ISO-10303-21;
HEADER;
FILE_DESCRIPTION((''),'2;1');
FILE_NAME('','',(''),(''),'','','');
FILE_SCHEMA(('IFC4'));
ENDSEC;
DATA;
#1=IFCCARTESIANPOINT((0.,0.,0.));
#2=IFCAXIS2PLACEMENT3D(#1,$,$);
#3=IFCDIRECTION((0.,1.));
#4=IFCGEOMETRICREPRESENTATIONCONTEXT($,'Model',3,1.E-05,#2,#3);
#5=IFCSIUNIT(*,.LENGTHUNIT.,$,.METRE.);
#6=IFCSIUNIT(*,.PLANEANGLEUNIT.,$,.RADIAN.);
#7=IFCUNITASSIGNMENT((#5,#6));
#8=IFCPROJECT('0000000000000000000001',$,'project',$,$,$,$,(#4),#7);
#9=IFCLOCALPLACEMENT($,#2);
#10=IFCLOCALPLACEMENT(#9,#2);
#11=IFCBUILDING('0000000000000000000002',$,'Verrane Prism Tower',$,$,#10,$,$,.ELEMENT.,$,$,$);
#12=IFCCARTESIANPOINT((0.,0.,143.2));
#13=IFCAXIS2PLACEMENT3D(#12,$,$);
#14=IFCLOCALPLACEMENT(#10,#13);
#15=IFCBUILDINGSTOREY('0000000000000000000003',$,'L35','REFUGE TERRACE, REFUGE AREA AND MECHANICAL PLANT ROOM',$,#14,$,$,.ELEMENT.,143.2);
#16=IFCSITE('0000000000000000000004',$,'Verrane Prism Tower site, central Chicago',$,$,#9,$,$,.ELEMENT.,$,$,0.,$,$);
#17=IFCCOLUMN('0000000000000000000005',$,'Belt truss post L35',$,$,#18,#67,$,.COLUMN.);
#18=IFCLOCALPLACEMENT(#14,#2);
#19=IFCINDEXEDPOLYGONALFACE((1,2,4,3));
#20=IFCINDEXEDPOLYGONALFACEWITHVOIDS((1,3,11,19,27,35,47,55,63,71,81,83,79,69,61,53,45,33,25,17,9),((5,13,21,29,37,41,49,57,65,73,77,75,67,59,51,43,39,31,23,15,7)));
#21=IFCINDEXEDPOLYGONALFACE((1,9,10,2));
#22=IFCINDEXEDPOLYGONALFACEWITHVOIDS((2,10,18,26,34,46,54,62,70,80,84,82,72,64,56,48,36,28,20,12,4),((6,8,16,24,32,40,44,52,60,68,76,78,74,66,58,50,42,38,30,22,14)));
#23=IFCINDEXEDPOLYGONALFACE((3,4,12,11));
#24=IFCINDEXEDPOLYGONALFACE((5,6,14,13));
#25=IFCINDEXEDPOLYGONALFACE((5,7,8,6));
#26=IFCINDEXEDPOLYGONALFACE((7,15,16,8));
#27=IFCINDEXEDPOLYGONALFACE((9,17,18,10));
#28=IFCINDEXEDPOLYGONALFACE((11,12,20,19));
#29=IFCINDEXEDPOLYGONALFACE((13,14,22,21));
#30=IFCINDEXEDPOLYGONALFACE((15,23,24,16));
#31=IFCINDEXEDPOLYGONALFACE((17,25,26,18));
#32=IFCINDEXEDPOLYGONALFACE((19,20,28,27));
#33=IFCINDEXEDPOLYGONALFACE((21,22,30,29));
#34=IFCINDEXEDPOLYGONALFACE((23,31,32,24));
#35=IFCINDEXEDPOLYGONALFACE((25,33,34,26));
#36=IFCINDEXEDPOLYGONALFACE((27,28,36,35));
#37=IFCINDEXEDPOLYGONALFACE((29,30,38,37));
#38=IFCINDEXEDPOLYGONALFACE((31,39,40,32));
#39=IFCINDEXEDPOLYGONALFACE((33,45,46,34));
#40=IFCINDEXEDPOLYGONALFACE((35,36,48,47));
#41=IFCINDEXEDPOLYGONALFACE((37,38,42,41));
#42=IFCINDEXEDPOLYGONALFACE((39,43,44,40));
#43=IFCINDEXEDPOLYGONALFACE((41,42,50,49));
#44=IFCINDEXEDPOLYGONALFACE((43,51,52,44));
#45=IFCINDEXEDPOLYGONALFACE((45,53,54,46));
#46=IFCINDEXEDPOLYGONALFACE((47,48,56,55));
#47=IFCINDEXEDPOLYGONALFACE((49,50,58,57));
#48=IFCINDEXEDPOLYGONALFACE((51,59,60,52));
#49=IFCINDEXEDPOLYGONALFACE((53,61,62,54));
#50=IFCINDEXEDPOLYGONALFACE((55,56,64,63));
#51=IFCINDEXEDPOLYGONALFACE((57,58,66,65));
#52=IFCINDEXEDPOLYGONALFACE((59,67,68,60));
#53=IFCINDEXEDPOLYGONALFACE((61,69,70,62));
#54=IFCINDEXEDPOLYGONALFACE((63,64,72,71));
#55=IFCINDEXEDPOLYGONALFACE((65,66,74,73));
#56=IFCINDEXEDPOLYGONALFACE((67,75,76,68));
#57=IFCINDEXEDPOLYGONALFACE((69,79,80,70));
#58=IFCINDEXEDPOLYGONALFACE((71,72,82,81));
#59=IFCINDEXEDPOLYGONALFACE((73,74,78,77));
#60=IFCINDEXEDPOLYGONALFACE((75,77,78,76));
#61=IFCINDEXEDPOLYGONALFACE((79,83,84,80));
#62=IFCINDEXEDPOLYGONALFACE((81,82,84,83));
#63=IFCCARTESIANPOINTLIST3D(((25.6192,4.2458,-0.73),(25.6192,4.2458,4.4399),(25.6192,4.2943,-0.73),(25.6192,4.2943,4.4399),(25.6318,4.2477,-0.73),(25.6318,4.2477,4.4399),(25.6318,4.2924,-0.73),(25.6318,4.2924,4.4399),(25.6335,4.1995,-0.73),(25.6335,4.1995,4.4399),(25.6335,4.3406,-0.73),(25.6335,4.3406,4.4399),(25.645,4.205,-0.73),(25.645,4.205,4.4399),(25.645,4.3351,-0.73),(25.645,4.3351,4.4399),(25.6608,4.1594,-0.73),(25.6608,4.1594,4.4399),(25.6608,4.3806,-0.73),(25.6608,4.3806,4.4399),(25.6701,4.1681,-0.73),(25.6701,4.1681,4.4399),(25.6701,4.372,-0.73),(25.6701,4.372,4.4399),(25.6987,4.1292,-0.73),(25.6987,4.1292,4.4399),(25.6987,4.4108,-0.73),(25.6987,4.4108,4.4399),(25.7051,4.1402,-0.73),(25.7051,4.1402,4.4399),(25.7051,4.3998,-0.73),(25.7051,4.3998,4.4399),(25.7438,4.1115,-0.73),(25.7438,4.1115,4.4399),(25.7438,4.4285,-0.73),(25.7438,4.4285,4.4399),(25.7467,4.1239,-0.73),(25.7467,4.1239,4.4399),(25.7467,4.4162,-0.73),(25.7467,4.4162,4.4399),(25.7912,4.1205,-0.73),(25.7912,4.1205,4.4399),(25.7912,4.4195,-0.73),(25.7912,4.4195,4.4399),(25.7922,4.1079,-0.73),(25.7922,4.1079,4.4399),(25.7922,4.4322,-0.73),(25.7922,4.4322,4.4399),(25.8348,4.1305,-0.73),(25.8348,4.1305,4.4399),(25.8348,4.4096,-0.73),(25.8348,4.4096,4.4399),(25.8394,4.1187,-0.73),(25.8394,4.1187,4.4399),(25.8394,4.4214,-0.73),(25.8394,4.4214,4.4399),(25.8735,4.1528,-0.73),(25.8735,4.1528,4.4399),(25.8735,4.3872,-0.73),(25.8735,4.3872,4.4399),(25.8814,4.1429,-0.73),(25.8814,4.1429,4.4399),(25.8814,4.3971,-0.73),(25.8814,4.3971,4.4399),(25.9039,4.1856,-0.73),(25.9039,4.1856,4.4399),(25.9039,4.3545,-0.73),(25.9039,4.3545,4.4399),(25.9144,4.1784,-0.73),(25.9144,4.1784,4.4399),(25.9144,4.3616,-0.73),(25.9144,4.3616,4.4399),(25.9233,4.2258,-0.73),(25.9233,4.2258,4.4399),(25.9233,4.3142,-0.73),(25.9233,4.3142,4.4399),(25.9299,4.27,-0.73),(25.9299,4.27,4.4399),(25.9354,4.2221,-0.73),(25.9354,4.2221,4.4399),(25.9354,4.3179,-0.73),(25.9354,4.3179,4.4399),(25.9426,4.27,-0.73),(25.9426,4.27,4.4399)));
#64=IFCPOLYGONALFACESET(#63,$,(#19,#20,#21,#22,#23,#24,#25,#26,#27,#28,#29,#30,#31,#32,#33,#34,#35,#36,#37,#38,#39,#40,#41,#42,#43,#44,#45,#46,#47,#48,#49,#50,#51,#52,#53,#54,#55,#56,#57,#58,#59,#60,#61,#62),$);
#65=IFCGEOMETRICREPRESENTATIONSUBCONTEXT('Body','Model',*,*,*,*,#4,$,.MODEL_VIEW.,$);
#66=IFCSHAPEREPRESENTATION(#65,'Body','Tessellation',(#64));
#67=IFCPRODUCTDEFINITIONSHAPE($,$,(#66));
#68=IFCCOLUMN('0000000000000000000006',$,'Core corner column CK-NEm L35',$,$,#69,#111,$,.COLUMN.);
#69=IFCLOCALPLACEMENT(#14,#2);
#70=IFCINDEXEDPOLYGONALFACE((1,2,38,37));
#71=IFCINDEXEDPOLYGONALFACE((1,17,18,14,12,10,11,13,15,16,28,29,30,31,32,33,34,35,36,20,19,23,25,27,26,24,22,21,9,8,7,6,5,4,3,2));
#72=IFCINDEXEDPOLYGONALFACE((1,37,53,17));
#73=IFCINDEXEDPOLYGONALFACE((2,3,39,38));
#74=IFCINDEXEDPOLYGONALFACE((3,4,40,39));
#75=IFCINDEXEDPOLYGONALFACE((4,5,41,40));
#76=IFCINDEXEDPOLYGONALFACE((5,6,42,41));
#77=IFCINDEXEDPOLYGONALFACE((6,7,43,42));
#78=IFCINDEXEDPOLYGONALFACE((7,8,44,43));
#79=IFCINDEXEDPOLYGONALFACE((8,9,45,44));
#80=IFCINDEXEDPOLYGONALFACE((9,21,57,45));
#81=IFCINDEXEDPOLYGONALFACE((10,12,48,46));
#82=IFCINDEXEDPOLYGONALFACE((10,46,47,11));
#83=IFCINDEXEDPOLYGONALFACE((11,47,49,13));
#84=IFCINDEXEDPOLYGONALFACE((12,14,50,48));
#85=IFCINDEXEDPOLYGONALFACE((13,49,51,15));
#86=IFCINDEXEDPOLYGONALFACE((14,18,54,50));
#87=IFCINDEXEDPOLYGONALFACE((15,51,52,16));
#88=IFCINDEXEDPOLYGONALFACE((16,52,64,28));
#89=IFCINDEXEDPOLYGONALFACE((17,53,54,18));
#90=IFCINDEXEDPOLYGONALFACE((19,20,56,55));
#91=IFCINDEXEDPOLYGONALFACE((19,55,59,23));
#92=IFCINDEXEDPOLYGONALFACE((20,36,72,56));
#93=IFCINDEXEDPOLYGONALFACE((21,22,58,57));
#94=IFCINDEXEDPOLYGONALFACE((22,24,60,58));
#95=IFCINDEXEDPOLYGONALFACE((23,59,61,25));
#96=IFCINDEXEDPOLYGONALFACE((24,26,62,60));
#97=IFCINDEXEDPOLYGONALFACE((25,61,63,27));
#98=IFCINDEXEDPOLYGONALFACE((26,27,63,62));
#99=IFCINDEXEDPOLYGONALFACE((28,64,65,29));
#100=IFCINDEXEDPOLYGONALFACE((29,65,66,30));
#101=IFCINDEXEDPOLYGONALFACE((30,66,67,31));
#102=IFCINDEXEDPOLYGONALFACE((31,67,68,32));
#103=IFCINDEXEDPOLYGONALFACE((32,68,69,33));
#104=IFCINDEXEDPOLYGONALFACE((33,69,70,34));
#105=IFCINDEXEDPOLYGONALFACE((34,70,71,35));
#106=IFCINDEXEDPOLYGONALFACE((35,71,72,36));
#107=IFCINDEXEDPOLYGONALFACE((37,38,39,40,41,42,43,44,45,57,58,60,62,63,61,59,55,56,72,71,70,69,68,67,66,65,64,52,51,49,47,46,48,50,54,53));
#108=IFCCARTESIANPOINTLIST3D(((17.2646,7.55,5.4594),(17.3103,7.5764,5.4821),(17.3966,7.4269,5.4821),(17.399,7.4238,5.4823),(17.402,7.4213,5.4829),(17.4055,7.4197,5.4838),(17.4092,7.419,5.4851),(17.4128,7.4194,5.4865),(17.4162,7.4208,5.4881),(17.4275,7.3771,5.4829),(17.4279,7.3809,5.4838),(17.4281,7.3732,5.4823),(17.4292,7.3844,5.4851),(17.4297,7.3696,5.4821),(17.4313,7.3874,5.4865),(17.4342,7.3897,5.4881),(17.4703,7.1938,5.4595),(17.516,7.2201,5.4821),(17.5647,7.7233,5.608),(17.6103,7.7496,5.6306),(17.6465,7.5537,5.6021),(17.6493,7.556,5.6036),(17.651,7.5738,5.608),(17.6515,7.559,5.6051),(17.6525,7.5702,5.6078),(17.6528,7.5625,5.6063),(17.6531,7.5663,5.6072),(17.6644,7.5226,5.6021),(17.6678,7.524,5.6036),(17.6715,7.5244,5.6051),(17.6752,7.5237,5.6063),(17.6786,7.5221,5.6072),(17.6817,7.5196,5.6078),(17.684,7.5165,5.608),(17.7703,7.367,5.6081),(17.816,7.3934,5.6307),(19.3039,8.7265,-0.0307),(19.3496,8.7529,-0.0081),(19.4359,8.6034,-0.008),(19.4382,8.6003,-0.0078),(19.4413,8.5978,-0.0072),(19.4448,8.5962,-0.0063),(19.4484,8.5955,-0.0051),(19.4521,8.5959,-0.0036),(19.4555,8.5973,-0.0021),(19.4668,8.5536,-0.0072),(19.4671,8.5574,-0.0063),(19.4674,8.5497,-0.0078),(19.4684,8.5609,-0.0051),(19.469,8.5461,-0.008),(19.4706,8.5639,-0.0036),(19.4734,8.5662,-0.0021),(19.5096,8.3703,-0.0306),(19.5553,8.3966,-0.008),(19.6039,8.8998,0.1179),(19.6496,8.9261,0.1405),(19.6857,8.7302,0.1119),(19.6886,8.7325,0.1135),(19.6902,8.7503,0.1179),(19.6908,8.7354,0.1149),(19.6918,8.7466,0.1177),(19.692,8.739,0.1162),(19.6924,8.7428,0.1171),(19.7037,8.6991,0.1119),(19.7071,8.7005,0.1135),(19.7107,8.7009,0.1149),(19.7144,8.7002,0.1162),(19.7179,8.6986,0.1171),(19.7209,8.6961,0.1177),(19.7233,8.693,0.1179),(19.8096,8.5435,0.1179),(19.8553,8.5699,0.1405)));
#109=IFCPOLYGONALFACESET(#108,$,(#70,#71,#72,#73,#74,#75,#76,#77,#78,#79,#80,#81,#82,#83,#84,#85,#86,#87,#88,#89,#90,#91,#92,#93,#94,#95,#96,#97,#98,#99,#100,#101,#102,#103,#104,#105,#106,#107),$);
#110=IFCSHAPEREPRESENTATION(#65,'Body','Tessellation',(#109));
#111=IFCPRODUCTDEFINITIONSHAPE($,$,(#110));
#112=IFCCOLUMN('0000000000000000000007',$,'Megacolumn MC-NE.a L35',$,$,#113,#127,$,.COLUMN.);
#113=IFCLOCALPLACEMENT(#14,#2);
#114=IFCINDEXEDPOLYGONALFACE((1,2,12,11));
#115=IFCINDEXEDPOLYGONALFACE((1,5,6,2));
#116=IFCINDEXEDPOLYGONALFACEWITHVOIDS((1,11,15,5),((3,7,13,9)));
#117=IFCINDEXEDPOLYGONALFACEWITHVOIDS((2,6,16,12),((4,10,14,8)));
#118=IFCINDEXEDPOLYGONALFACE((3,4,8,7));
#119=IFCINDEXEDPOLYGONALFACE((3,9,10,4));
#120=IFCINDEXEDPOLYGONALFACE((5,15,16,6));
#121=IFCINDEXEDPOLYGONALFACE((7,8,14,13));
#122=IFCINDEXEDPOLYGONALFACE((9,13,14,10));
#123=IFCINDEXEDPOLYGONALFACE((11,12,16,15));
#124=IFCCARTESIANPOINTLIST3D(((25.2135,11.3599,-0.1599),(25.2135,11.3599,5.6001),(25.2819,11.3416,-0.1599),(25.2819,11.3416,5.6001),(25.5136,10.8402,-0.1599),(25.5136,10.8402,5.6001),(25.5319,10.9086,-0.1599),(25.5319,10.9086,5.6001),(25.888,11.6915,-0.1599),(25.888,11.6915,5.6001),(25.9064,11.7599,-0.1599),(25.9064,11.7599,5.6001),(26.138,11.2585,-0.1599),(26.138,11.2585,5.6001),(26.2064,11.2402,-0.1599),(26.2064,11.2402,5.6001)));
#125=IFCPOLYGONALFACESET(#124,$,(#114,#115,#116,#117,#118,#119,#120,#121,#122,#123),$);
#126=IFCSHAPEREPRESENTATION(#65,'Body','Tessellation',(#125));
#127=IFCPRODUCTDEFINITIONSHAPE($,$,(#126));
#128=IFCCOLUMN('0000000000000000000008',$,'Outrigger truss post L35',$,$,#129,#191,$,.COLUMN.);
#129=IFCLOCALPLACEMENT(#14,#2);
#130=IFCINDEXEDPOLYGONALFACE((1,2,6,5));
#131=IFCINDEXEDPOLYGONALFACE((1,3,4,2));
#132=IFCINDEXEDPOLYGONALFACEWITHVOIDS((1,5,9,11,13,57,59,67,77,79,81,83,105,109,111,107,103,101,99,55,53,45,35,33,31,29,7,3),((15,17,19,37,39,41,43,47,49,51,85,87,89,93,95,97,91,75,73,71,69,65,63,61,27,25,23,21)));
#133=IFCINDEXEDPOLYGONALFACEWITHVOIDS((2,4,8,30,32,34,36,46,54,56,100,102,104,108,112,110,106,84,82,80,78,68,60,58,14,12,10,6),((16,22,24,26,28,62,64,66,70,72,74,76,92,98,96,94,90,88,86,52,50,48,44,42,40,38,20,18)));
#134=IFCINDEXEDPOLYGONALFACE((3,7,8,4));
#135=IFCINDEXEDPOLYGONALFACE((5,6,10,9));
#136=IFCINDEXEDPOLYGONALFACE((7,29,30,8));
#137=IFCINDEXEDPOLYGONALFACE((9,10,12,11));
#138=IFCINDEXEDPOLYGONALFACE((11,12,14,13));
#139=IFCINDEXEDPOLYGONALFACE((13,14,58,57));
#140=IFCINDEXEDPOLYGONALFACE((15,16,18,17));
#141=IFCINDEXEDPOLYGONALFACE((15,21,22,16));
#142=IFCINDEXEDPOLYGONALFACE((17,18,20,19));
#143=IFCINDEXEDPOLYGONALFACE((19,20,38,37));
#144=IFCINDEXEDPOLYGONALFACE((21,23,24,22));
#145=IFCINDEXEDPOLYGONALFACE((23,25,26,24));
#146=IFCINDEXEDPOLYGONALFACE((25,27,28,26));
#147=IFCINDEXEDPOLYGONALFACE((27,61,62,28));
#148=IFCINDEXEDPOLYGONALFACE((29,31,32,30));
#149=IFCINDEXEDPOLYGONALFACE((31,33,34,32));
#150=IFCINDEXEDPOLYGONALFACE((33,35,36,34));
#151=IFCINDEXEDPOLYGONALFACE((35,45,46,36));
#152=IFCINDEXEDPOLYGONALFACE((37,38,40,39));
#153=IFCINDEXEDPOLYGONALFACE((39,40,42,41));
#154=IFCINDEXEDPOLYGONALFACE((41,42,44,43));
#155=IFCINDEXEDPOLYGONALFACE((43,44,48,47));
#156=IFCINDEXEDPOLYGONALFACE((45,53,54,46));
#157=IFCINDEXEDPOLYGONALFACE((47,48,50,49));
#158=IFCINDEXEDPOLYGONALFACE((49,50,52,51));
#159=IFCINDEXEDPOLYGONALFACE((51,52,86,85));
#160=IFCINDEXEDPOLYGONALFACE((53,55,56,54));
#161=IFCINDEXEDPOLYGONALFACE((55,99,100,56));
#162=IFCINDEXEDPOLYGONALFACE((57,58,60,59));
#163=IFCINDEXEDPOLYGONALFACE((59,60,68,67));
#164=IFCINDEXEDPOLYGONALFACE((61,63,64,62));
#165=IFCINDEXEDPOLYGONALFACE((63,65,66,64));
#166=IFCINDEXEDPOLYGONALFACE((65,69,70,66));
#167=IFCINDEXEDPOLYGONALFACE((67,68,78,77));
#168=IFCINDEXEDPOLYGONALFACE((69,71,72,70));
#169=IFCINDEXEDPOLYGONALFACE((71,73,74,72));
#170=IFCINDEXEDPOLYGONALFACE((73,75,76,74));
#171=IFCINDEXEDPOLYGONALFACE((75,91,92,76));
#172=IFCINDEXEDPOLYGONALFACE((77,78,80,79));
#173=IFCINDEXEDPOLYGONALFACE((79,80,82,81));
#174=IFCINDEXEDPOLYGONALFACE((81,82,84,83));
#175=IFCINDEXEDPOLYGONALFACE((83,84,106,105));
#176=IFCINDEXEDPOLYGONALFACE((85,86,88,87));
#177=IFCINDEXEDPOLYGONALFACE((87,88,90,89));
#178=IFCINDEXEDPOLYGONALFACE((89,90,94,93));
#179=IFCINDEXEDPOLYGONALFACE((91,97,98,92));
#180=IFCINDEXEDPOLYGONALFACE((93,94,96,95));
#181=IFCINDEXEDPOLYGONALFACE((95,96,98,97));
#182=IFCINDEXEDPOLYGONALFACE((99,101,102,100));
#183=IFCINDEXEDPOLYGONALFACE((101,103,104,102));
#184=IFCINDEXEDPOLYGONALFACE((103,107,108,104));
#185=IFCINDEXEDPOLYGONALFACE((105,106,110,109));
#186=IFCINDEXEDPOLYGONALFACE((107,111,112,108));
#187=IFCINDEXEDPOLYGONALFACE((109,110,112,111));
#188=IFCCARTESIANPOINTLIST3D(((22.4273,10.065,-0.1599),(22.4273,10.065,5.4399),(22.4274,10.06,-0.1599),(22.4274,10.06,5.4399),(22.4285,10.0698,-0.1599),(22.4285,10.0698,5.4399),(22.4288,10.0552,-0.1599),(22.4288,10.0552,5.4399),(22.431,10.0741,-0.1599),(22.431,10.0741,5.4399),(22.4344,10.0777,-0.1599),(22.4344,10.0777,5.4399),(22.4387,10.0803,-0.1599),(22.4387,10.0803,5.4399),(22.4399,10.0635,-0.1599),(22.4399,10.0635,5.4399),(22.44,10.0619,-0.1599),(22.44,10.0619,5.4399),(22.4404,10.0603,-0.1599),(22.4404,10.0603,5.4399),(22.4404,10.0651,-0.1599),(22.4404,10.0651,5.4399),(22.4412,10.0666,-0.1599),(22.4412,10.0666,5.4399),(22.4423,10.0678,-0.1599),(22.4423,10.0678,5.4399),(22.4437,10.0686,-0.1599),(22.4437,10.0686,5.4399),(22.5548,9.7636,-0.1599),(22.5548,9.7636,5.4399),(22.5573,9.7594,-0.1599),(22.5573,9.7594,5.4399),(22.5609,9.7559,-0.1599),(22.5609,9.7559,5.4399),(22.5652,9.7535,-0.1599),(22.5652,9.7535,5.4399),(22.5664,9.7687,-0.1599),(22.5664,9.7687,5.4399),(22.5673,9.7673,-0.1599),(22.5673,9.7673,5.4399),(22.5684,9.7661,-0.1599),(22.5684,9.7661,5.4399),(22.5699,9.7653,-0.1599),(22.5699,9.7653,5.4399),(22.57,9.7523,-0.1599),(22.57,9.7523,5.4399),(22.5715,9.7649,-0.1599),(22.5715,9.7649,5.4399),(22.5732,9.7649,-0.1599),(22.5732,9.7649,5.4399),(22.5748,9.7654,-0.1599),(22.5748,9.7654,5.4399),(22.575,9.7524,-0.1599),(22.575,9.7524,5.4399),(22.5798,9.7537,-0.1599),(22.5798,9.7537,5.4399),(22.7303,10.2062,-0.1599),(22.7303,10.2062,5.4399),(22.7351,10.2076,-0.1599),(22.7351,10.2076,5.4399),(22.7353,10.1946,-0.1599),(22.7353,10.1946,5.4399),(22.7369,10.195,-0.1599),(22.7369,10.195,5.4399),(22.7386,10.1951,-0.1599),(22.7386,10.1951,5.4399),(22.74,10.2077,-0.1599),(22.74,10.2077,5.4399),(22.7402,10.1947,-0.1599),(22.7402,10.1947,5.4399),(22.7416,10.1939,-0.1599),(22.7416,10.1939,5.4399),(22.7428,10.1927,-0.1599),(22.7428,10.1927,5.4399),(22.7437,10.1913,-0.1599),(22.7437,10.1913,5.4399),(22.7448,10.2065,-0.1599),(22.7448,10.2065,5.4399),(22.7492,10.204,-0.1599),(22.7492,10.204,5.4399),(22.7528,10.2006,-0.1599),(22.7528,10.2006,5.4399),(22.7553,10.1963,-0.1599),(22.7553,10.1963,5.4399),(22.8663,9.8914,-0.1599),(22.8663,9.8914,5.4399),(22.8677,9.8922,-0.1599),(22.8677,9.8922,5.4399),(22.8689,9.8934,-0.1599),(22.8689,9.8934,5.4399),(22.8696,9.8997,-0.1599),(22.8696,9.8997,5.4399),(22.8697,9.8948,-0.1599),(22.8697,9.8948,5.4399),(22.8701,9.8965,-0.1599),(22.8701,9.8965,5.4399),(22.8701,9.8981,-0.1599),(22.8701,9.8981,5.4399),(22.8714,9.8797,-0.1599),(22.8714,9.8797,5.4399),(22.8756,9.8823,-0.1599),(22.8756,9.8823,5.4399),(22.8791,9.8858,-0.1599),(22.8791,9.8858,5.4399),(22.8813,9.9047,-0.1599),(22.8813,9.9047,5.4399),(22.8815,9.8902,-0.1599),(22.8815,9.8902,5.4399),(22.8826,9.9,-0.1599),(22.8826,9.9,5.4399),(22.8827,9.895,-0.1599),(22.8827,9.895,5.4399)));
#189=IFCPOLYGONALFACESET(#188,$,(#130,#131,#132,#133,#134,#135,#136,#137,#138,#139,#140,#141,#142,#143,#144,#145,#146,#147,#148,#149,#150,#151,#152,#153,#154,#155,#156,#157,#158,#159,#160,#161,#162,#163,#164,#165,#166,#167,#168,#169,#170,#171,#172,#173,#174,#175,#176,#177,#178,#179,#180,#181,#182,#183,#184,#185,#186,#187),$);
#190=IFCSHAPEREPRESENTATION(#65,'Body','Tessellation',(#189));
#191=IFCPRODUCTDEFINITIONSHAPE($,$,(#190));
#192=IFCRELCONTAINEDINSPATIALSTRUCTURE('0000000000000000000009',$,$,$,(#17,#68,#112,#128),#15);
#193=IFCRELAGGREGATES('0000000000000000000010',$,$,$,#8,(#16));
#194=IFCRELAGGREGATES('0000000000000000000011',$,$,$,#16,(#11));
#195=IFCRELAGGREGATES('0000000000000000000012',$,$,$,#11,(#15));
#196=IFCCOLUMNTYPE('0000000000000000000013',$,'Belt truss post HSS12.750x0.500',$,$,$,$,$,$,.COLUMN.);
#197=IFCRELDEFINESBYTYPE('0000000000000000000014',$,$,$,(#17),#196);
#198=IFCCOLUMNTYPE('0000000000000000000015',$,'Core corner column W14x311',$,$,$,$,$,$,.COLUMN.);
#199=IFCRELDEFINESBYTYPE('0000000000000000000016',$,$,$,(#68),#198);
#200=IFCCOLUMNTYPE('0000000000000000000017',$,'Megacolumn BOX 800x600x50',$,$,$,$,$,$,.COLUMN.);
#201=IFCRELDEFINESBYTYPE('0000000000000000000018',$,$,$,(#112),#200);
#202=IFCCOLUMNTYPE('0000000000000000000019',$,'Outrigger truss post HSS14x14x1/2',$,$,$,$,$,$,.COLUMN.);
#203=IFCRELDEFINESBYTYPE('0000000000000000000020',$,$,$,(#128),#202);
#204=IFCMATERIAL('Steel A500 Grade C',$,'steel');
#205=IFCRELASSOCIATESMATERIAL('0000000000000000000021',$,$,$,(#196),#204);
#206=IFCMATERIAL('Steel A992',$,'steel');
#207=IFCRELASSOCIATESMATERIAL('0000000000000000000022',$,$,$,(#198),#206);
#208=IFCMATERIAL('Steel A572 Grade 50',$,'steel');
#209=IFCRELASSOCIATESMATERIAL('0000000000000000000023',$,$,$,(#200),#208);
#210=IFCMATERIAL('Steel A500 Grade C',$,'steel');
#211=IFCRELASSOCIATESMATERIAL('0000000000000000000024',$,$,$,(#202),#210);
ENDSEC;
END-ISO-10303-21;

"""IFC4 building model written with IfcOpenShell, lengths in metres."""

from ifc_helpers import new_model, si_unit, direction, frame, origin, origin_2d, place, context, subcontext, project, spatial, hollow_rectangle, hollow_circle, i_section, extrude, material, material_profile, profile_set, type_object, element, save


model = new_model("IFC4")

# Units and contexts
model_context = context("Model", 3, precision=1e-05, world=origin(), true_north=direction((0.0, 1.0)))
body_context = subcontext(model_context, "Body", "Model", "MODEL_VIEW")
ifc_project = project(units=[si_unit("LENGTHUNIT", "METRE"), si_unit("PLANEANGLEUNIT", "RADIAN")], contexts=[model_context])

# Site, building, storey
site_placement = place(None, origin())
site = spatial("IfcSite", under=ifc_project, at=site_placement, Name="Verrane Prism Tower site, central Chicago", CompositionType="ELEMENT", RefElevation=0.0)
building_placement = place(site_placement, origin())
building = spatial("IfcBuilding", under=site, at=building_placement, Name="Verrane Prism Tower", CompositionType="ELEMENT")
storey_placement = place(building_placement, frame((0.0, 0.0, 143.2)))
storey = spatial("IfcBuildingStorey", under=building, at=storey_placement, Name="L35", Description="REFUGE TERRACE, REFUGE AREA AND MECHANICAL PLANT ROOM", CompositionType="ELEMENT", Elevation=143.2)

# Columns
ifc_material_1 = material(Name="Steel A500 Grade C", Category="steel")
ifc_material_profile_1 = material_profile(ifc_material_1, hollow_circle(Radius=0.1626, WallThickness=0.0127, at=origin_2d()), Name="HSS12.750x0.500")
ifc_profile_set_1 = profile_set([ifc_material_profile_1], Name="Steel A500 Grade C")
column_type_1 = type_object("IfcColumnType", Name="Belt truss post HSS12.750x0.500", PredefinedType="COLUMN", material=ifc_profile_set_1)
column_1_placement = place(storey_placement, frame((25.78, 4.27, -0.73), z_axis=(0.0, 0.0, 1.0), x_axis=(-0.5, -0.866025, 0.0)))
element("IfcColumn", 1, at=column_1_placement, inside=storey, type_object=column_type_1, Name="Belt truss post L35", PredefinedType="COLUMN", context=body_context, shape_type="SweptSolid", body=[
    extrude(hollow_circle(Radius=0.1626, WallThickness=0.0127, at=origin_2d()), origin(), (0.0, 0.0, 1.0), 5.1699),
])
ifc_material_2 = material(Name="Steel A992", Category="steel")
ifc_material_profile_2 = material_profile(ifc_material_2, i_section(OverallWidth=0.4114, OverallDepth=0.4343, WebThickness=0.0359, FlangeThickness=0.0574, FilletRadius=0.0151, at=origin_2d()), Name="W14x311")
ifc_profile_set_2 = profile_set([ifc_material_profile_2], Name="Steel A992")
column_type_2 = type_object("IfcColumnType", Name="Core corner column W14x311", PredefinedType="COLUMN", material=ifc_profile_set_2)
column_2_placement = place(storey_placement, frame((19.5796, 8.6482, 0.0549), z_axis=(-0.341378, -0.196947, 0.919061), x_axis=(0.499997, -0.866027, 0.000138)))
element("IfcColumn", 2, at=column_2_placement, inside=storey, type_object=column_type_2, Name="Core corner column CK-NEm L35", PredefinedType="COLUMN", context=body_context, shape_type="SweptSolid", body=[
    extrude(i_section(OverallWidth=0.4114, OverallDepth=0.4343, WebThickness=0.0359, FlangeThickness=0.0574, FilletRadius=0.0151, at=origin_2d()), origin(), (0.0, 0.0, 1.0), 5.9736),
])
ifc_material_3 = material(Name="Steel A572 Grade 50", Category="steel")
ifc_material_profile_3 = material_profile(ifc_material_3, hollow_rectangle(XDim=0.6001, YDim=0.8, WallThickness=0.05, at=origin_2d()), Name="BOX 800x600x50")
ifc_profile_set_3 = profile_set([ifc_material_profile_3], Name="Steel A572 Grade 50")
column_type_3 = type_object("IfcColumnType", Name="Megacolumn BOX 800x600x50", PredefinedType="COLUMN", material=ifc_profile_set_3)
column_3_placement = place(storey_placement, frame((25.71, 11.3, -0.1599), z_axis=(0.0, 0.0, 1.0), x_axis=(0.5, -0.866025, 0.0)))
element("IfcColumn", 3, at=column_3_placement, inside=storey, type_object=column_type_3, Name="Megacolumn MC-NE.a L35", PredefinedType="COLUMN", context=body_context, shape_type="SweptSolid", body=[
    extrude(hollow_rectangle(XDim=0.6001, YDim=0.8, WallThickness=0.05, at=origin_2d()), origin(), (0.0, 0.0, 1.0), 5.76),
])
ifc_material_4 = material(Name="Steel A500 Grade C", Category="steel")
ifc_material_profile_4 = material_profile(ifc_material_4, hollow_rectangle(XDim=0.3557, YDim=0.3557, WallThickness=0.0127, InnerFilletRadius=0.0063, OuterFilletRadius=0.019, at=origin_2d()), Name="HSS14x14x1/2")
ifc_profile_set_4 = profile_set([ifc_material_profile_4], Name="Steel A500 Grade C")
column_type_4 = type_object("IfcColumnType", Name="Outrigger truss post HSS14x14x1/2", PredefinedType="COLUMN", material=ifc_profile_set_4)
column_4_placement = place(storey_placement, frame((22.655, 9.98, -0.1599), z_axis=(0.0, 0.0, 1.0), x_axis=(-0.396637, 0.917976, 0.0)))
element("IfcColumn", 4, at=column_4_placement, inside=storey, type_object=column_type_4, Name="Outrigger truss post L35", PredefinedType="COLUMN", context=body_context, shape_type="SweptSolid", body=[
    extrude(hollow_rectangle(XDim=0.3557, YDim=0.3557, WallThickness=0.0127, InnerFilletRadius=0.0063, OuterFilletRadius=0.019, at=origin_2d()), origin(), (0.0, 0.0, 1.0), 5.5999),
])

save(model, "model.ifc")
